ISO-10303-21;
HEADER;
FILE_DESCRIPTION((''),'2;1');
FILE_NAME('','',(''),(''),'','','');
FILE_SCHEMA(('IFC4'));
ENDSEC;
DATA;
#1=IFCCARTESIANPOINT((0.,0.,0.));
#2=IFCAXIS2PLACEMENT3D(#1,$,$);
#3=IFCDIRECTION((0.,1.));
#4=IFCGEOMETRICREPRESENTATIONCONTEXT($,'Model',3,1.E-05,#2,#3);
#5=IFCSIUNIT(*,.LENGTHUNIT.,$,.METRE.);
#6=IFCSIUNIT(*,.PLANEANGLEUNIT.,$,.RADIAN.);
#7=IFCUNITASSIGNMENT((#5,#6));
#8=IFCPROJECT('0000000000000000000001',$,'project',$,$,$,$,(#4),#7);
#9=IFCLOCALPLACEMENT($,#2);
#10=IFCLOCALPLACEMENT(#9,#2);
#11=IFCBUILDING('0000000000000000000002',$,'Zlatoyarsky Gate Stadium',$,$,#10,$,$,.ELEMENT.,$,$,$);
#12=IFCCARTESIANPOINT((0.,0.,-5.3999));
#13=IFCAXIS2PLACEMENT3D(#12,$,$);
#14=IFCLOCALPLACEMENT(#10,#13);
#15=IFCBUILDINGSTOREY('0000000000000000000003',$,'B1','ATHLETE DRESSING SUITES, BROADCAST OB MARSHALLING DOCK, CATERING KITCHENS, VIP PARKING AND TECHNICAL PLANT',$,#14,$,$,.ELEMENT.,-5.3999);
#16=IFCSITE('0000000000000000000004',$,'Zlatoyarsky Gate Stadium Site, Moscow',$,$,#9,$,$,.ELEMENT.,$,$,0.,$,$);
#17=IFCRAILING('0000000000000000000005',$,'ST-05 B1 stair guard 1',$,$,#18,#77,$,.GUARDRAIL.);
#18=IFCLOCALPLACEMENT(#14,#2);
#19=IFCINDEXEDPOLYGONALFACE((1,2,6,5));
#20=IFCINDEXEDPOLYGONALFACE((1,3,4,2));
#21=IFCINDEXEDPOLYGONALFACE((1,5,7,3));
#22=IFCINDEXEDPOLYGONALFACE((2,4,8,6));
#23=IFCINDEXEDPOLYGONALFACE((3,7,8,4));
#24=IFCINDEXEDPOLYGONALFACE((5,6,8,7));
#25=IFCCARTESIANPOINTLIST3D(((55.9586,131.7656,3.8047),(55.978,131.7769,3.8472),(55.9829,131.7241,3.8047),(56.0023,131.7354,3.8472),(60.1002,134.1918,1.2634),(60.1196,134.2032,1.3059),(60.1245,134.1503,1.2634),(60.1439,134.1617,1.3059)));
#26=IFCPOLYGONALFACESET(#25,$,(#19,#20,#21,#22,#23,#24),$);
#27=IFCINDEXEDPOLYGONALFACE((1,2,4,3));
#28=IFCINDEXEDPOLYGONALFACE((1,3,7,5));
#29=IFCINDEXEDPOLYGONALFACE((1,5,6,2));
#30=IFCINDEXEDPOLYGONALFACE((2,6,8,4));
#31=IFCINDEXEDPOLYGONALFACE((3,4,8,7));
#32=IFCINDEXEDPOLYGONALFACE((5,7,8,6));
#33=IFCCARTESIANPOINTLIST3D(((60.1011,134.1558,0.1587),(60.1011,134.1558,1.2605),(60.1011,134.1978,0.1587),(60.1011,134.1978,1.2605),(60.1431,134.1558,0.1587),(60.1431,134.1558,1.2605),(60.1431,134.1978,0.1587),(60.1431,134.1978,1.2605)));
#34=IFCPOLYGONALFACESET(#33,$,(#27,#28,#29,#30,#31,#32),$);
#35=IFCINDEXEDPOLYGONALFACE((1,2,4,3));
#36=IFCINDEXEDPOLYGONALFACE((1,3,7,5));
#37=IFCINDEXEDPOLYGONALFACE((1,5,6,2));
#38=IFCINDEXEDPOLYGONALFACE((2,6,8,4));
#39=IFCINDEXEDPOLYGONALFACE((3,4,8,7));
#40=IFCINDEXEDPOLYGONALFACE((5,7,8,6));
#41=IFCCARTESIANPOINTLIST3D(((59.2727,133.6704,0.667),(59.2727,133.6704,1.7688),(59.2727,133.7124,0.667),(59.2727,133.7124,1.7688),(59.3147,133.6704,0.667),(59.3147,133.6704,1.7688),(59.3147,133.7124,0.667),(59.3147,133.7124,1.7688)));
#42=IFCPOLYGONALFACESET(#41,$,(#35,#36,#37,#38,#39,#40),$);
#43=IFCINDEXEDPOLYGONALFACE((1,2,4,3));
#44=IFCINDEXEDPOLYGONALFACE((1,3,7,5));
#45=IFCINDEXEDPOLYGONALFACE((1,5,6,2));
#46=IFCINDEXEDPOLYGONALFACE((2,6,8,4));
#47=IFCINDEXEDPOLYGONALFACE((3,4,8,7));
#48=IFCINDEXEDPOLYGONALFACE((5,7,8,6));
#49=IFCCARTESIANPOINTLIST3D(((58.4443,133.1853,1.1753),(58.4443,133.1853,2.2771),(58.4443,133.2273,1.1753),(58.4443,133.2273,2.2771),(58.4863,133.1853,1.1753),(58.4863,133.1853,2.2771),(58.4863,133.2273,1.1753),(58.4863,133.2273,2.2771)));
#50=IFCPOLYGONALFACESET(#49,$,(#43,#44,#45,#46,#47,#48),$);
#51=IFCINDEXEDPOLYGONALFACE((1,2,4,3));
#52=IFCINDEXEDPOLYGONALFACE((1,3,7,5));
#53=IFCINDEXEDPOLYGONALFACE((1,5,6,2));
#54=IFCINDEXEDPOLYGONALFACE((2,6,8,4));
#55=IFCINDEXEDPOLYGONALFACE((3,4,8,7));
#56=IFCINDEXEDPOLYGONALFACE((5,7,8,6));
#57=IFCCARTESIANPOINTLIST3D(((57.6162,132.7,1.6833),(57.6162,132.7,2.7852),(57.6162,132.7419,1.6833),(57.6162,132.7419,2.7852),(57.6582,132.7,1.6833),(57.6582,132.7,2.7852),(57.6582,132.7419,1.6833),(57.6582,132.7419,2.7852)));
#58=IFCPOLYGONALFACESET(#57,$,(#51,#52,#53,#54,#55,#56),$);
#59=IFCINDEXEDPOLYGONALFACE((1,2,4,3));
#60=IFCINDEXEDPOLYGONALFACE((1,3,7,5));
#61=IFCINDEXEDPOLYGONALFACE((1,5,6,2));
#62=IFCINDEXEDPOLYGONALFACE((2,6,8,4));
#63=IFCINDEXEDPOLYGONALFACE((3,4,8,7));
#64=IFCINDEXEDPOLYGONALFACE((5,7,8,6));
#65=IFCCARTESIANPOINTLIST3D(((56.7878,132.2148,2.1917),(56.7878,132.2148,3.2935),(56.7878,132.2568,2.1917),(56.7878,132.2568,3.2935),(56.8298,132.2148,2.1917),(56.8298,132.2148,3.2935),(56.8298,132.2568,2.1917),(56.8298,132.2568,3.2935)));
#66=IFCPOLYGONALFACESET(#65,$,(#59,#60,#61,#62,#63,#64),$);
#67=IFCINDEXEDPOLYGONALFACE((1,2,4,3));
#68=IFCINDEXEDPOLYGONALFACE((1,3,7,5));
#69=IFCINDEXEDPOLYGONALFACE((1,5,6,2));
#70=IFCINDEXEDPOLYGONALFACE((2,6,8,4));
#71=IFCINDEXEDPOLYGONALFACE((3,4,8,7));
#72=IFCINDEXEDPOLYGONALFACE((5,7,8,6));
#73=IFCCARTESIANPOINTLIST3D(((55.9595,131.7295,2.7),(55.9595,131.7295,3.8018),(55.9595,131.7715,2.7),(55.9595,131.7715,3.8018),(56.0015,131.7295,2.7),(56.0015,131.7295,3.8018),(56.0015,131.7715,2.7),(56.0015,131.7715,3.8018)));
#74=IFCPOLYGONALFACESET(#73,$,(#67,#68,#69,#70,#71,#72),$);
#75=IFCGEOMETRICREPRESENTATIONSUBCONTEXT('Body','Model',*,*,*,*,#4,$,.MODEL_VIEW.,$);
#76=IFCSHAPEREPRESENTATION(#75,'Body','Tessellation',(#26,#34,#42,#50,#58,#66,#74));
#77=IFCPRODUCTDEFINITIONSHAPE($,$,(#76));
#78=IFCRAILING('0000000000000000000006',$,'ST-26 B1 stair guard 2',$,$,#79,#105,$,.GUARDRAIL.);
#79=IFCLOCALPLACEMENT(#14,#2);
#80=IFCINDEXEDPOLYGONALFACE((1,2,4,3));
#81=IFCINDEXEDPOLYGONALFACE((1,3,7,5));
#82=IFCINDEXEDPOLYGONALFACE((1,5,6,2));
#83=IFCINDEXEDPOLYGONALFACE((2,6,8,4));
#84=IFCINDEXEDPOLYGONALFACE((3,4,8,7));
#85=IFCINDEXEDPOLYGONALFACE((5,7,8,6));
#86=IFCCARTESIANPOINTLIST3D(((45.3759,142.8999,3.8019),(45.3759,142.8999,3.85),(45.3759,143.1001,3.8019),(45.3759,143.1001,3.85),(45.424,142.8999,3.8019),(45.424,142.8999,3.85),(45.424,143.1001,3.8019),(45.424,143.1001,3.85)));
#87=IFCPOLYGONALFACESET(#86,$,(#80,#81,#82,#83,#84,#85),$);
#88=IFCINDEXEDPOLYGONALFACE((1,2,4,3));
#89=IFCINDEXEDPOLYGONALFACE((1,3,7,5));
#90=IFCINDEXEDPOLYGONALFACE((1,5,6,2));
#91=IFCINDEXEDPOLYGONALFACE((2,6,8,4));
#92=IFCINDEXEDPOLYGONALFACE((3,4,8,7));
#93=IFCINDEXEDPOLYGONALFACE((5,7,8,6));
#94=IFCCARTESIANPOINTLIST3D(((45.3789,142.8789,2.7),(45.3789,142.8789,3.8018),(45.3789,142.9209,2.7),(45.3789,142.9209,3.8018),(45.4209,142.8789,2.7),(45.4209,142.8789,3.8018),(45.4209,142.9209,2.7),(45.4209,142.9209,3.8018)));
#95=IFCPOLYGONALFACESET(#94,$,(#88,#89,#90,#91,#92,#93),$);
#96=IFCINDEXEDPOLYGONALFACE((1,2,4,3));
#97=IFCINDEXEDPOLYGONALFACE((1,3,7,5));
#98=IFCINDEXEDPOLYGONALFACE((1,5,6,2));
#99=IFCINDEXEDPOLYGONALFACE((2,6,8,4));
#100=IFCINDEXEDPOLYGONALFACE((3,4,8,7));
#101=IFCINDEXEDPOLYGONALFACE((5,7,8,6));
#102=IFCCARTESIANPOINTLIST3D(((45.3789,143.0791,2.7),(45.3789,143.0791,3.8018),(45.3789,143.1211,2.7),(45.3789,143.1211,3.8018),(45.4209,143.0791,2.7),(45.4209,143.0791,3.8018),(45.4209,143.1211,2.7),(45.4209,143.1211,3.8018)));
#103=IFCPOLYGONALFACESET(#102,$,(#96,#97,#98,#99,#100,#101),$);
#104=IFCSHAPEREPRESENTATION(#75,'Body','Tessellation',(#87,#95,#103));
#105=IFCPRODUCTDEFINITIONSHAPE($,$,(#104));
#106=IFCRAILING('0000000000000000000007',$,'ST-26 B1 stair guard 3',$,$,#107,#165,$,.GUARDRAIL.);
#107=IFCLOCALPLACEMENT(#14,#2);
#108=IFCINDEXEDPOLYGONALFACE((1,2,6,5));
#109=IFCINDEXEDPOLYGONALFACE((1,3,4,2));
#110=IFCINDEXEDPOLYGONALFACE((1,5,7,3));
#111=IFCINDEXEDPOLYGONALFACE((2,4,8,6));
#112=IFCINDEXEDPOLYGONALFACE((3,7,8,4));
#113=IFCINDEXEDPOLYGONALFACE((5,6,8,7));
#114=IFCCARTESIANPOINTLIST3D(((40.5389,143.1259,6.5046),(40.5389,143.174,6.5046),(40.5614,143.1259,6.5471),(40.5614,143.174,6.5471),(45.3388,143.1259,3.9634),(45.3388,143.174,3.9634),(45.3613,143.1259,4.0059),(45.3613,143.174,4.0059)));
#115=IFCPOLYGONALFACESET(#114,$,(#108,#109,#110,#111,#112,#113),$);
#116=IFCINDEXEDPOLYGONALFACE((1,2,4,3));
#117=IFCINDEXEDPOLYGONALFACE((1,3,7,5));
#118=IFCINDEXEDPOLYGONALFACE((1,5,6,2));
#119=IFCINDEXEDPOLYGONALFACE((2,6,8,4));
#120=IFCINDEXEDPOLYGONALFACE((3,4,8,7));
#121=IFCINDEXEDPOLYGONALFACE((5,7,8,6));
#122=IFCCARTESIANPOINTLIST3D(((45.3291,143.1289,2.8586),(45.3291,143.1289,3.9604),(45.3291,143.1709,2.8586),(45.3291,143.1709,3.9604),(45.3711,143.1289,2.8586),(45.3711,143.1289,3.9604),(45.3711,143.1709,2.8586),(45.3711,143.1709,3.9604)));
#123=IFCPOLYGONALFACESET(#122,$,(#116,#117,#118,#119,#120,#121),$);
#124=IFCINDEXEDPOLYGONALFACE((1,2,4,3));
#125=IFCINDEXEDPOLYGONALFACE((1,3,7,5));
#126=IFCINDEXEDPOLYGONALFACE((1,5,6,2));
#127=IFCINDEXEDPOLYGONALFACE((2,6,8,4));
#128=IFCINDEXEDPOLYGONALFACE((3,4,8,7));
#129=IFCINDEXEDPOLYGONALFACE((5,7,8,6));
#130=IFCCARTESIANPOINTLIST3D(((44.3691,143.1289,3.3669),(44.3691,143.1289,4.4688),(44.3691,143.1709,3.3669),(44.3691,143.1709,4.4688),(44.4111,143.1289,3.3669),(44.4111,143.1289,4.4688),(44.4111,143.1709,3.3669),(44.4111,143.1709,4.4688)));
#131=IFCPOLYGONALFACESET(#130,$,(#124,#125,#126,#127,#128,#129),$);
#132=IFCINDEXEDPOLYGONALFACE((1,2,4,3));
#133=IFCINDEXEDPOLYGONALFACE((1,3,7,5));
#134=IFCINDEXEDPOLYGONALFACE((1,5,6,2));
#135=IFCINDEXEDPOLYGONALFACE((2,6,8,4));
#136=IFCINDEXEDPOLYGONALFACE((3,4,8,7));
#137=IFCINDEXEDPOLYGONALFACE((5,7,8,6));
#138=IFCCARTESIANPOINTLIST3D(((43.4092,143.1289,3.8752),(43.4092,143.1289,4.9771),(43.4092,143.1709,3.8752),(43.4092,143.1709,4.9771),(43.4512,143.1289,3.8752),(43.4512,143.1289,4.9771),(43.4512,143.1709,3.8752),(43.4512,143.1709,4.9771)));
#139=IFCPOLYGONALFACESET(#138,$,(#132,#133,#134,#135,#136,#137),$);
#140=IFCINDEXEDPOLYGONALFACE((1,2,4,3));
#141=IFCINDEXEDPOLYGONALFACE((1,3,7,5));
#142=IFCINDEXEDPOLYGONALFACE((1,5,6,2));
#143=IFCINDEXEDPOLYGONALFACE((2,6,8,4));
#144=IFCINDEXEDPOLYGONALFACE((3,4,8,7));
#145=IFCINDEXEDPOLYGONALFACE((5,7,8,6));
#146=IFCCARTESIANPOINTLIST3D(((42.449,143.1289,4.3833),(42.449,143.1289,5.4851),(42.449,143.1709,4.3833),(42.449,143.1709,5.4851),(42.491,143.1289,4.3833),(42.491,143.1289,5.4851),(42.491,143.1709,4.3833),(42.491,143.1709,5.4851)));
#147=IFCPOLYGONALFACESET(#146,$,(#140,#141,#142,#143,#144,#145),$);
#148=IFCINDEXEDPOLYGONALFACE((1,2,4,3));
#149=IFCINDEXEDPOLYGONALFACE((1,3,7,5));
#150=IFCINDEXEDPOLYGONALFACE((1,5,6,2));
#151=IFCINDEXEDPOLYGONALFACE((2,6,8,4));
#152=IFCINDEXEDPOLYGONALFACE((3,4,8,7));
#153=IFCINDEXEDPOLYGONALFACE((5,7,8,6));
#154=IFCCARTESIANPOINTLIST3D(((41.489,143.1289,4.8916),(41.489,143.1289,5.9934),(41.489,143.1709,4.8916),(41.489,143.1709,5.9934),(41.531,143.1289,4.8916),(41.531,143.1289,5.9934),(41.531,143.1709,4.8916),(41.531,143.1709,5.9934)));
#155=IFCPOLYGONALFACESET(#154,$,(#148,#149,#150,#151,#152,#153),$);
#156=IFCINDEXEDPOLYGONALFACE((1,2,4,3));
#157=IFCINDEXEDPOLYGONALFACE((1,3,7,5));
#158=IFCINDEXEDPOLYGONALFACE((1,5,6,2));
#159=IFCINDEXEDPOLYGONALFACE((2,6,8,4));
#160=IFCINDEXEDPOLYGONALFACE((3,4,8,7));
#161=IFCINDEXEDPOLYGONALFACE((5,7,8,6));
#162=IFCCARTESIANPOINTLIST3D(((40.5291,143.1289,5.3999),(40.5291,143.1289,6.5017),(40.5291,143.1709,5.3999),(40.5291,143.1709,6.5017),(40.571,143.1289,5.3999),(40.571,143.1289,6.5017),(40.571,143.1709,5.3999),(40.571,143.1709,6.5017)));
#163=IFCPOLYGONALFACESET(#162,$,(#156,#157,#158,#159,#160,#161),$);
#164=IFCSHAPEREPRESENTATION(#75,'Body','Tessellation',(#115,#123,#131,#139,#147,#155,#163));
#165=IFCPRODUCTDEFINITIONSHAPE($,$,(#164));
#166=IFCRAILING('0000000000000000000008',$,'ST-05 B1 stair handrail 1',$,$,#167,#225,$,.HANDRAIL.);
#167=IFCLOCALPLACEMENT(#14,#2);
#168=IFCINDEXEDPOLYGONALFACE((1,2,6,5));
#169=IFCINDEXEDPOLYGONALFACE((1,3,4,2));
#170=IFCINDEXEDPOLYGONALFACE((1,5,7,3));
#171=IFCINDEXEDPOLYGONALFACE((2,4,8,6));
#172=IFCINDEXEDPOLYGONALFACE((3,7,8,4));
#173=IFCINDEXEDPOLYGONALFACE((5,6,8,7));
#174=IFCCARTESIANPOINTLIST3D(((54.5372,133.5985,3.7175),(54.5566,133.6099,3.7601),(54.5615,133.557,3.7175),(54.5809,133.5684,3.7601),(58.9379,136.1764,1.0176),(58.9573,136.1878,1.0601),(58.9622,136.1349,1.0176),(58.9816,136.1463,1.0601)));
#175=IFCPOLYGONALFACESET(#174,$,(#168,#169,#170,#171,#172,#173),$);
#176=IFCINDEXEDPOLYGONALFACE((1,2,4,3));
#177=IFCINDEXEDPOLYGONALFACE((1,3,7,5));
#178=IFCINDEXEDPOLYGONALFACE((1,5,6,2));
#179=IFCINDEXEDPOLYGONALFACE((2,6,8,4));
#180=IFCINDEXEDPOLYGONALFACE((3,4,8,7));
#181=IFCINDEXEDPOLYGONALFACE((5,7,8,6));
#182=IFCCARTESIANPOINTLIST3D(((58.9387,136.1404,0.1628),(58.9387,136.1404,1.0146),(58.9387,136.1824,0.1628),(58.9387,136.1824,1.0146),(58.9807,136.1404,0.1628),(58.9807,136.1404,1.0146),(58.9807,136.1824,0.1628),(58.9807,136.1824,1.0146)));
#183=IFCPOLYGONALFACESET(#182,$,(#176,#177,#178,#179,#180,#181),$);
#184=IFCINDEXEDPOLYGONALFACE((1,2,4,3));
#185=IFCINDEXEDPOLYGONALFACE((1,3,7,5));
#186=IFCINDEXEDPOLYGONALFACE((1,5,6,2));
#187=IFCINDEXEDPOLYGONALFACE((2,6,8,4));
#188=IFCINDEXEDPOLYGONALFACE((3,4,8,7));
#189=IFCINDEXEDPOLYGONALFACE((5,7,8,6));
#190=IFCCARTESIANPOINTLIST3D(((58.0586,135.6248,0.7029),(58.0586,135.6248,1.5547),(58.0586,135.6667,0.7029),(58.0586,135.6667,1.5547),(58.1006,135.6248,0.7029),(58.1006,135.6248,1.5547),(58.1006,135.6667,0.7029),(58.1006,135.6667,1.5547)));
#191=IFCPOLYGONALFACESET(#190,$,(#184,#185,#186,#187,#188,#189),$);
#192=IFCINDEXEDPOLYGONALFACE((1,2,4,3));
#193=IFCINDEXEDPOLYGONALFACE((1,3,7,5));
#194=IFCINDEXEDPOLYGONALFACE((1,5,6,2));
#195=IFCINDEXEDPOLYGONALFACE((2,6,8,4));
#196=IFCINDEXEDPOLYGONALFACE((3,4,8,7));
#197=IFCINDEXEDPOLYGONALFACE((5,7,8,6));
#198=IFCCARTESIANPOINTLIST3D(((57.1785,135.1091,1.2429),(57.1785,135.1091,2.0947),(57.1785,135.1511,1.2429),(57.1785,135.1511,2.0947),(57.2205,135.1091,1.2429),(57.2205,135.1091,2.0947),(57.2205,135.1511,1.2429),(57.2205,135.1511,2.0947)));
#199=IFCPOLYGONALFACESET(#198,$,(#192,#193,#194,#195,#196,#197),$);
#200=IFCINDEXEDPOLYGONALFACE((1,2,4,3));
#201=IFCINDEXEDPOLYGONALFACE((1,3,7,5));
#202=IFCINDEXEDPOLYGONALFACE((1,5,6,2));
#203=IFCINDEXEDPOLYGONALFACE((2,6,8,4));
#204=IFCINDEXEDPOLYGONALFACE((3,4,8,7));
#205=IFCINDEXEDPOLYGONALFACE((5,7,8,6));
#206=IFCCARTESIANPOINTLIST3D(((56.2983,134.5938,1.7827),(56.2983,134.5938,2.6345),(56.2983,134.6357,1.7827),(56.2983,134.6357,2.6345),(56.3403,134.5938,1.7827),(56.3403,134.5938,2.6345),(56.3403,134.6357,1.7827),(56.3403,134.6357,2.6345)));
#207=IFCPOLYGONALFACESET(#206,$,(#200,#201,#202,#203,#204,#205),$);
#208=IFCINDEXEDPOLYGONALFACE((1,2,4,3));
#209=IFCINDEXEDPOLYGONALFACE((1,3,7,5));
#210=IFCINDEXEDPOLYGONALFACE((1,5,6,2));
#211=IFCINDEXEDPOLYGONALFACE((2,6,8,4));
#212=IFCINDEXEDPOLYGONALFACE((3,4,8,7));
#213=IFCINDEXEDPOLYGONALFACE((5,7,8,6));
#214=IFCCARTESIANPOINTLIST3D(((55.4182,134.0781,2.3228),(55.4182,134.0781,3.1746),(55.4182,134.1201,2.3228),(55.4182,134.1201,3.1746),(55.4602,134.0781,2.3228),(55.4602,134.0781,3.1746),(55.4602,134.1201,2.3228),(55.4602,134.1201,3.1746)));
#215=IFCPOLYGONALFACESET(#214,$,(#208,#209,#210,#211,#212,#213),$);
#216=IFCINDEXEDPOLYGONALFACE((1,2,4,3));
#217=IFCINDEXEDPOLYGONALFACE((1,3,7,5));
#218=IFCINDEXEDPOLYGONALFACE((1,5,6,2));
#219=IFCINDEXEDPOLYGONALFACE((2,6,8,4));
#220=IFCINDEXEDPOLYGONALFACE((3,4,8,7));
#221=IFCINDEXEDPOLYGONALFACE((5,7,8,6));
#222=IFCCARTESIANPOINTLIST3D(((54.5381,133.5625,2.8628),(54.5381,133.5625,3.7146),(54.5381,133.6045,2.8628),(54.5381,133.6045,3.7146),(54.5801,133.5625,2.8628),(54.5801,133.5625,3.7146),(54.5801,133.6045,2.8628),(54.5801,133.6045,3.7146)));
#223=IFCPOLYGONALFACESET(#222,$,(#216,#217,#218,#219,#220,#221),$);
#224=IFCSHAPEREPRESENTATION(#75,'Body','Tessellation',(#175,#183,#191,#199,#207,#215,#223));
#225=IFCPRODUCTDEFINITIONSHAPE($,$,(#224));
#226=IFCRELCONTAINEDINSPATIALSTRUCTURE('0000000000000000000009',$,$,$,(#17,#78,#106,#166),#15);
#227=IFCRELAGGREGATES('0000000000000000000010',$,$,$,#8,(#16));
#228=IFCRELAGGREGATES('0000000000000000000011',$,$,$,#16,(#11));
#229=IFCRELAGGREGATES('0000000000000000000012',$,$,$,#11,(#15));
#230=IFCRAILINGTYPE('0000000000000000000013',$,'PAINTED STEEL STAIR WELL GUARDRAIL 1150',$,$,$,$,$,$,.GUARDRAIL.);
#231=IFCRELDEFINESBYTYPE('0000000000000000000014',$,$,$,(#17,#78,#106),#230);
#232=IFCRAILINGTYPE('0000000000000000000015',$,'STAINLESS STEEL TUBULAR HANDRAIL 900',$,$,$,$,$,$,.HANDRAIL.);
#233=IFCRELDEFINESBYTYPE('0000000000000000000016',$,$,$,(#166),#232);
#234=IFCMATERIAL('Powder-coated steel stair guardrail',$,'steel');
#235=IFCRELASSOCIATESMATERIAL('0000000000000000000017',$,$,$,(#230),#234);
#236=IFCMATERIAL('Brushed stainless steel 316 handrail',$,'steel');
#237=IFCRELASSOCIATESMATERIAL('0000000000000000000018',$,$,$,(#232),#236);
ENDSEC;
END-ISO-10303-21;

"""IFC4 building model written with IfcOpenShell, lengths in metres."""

from ifc_helpers import new_model, si_unit, direction, frame, origin, origin_2d, place, context, subcontext, project, spatial, rectangle, extrude, material, type_object, element, save


model = new_model("IFC4")

# Units and contexts
model_context = context("Model", 3, precision=1e-05, world=origin(), true_north=direction((0.0, 1.0)))
body_context = subcontext(model_context, "Body", "Model", "MODEL_VIEW")
ifc_project = project(units=[si_unit("LENGTHUNIT", "METRE"), si_unit("PLANEANGLEUNIT", "RADIAN")], contexts=[model_context])

# Site, building, storey
site_placement = place(None, origin())
site = spatial("IfcSite", under=ifc_project, at=site_placement, Name="Zlatoyarsky Gate Stadium Site, Moscow", CompositionType="ELEMENT", RefElevation=0.0)
building_placement = place(site_placement, origin())
building = spatial("IfcBuilding", under=site, at=building_placement, Name="Zlatoyarsky Gate Stadium", CompositionType="ELEMENT")
storey_placement = place(building_placement, frame((0.0, 0.0, -5.3999)))
storey = spatial("IfcBuildingStorey", under=building, at=storey_placement, Name="B1", Description="ATHLETE DRESSING SUITES, BROADCAST OB MARSHALLING DOCK, CATERING KITCHENS, VIP PARKING AND TECHNICAL PLANT", CompositionType="ELEMENT", Elevation=-5.3999)

# Railings
ifc_material_1 = material(Name="Powder-coated steel stair guardrail", Category="steel")
railing_type_1 = type_object("IfcRailingType", Name="PAINTED STEEL STAIR WELL GUARDRAIL 1150", PredefinedType="GUARDRAIL", material=ifc_material_1)
railing_1_placement = place(storey_placement, frame((60.1221, 134.1768, 0.1587)))
element("IfcRailing", 1, at=railing_1_placement, inside=storey, type_object=railing_type_1, Name="ST-05 B1 stair guard 1", PredefinedType="GUARDRAIL", context=body_context, shape_type="SweptSolid", body=[
    extrude(rectangle(XDim=0.0481, YDim=0.0481, at=origin_2d()), frame((0.0, 0.0, 1.126), z_axis=(-0.762561, -0.44673, 0.467902), x_axis=(0.505477, -0.86284, 0.0)), (0.0, 0.0, 1.0), 5.4312),
    extrude(rectangle(XDim=0.042, YDim=0.042, at=origin_2d()), origin(), (0.0, 0.0, 1.0), 1.1018),
    extrude(rectangle(XDim=0.042, YDim=0.042, at=origin_2d()), frame((-0.8284, -0.4854, 0.5083)), (0.0, 0.0, 1.0), 1.1018),
    extrude(rectangle(XDim=0.042, YDim=0.042, at=origin_2d()), frame((-1.6567, -0.9705, 1.0166)), (0.0, 0.0, 1.0), 1.1018),
    extrude(rectangle(XDim=0.042, YDim=0.042, at=origin_2d()), frame((-2.4849, -1.4558, 1.5247)), (0.0, 0.0, 1.0), 1.1018),
    extrude(rectangle(XDim=0.042, YDim=0.042, at=origin_2d()), frame((-3.3132, -1.9409, 2.033)), (0.0, 0.0, 1.0), 1.1018),
    extrude(rectangle(XDim=0.042, YDim=0.042, at=origin_2d()), frame((-4.1416, -2.4263, 2.5413)), (0.0, 0.0, 1.0), 1.1018),
])
railing_2_placement = place(storey_placement, frame((45.3999, 142.8999, 2.7)))
element("IfcRailing", 2, at=railing_2_placement, inside=storey, type_object=railing_type_1, Name="ST-26 B1 stair guard 2", PredefinedType="GUARDRAIL", context=body_context, shape_type="SweptSolid", body=[
    extrude(rectangle(XDim=0.0481, YDim=0.0481, at=origin_2d()), frame((0.0, 0.0, 1.126), z_axis=(0.0, 1.0, 0.0), x_axis=(-1.0, 0.0, 0.0)), (0.0, 0.0, 1.0), 0.2002),
    extrude(rectangle(XDim=0.042, YDim=0.042, at=origin_2d()), origin(), (0.0, 0.0, 1.0), 1.1018),
    extrude(rectangle(XDim=0.042, YDim=0.042, at=origin_2d()), frame((0.0, 0.2002, 0.0)), (0.0, 0.0, 1.0), 1.1018),
])
railing_3_placement = place(storey_placement, frame((45.3501, 143.1499, 2.8586)))
element("IfcRailing", 3, at=railing_3_placement, inside=storey, type_object=railing_type_1, Name="ST-26 B1 stair guard 3", PredefinedType="GUARDRAIL", context=body_context, shape_type="SweptSolid", body=[
    extrude(rectangle(XDim=0.0481, YDim=0.0481, at=origin_2d()), frame((0.0, 0.0, 1.126), z_axis=(-0.883784, 0.0, 0.467896), x_axis=(0.0, -1.0, 0.0)), (0.0, 0.0, 1.0), 5.4312),
    extrude(rectangle(XDim=0.042, YDim=0.042, at=origin_2d()), origin(), (0.0, 0.0, 1.0), 1.1018),
    extrude(rectangle(XDim=0.042, YDim=0.042, at=origin_2d()), frame((-0.96, 0.0, 0.5083)), (0.0, 0.0, 1.0), 1.1018),
    extrude(rectangle(XDim=0.042, YDim=0.042, at=origin_2d()), frame((-1.9199, 0.0, 1.0166)), (0.0, 0.0, 1.0), 1.1018),
    extrude(rectangle(XDim=0.042, YDim=0.042, at=origin_2d()), frame((-2.8801, 0.0, 1.5247)), (0.0, 0.0, 1.0), 1.1018),
    extrude(rectangle(XDim=0.042, YDim=0.042, at=origin_2d()), frame((-3.8401, 0.0, 2.033)), (0.0, 0.0, 1.0), 1.1018),
    extrude(rectangle(XDim=0.042, YDim=0.042, at=origin_2d()), frame((-4.8, 0.0, 2.5413)), (0.0, 0.0, 1.0), 1.1018),
])
ifc_material_2 = material(Name="Brushed stainless steel 316 handrail", Category="steel")
railing_type_2 = type_object("IfcRailingType", Name="STAINLESS STEEL TUBULAR HANDRAIL 900", PredefinedType="HANDRAIL", material=ifc_material_2)
railing_4_placement = place(storey_placement, frame((58.9597, 136.1614, 0.1628)))
element("IfcRailing", 4, at=railing_4_placement, inside=storey, type_object=railing_type_2, Name="ST-05 B1 stair handrail 1", PredefinedType="HANDRAIL", context=body_context, shape_type="SweptSolid", body=[
    extrude(rectangle(XDim=0.0481, YDim=0.0481, at=origin_2d()), frame((0.0, 0.0, 0.876), z_axis=(-0.762585, -0.44672, 0.467874), x_axis=(0.505457, -0.862852, 0.0)), (0.0, 0.0, 1.0), 5.7708),
    extrude(rectangle(XDim=0.042, YDim=0.042, at=origin_2d()), origin(), (0.0, 0.0, 1.0), 0.8518),
    extrude(rectangle(XDim=0.042, YDim=0.042, at=origin_2d()), frame((-0.8801, -0.5156, 0.54)), (0.0, 0.0, 1.0), 0.8518),
    extrude(rectangle(XDim=0.042, YDim=0.042, at=origin_2d()), frame((-1.7603, -1.0312, 1.0801)), (0.0, 0.0, 1.0), 0.8518),
    extrude(rectangle(XDim=0.042, YDim=0.042, at=origin_2d()), frame((-2.6404, -1.5466, 1.6199)), (0.0, 0.0, 1.0), 0.8518),
    extrude(rectangle(XDim=0.042, YDim=0.042, at=origin_2d()), frame((-3.5205, -2.0623, 2.1599)), (0.0, 0.0, 1.0), 0.8518),
    extrude(rectangle(XDim=0.042, YDim=0.042, at=origin_2d()), frame((-4.4006, -2.5779, 2.7)), (0.0, 0.0, 1.0), 0.8518),
])

save(model, "model.ifc")
